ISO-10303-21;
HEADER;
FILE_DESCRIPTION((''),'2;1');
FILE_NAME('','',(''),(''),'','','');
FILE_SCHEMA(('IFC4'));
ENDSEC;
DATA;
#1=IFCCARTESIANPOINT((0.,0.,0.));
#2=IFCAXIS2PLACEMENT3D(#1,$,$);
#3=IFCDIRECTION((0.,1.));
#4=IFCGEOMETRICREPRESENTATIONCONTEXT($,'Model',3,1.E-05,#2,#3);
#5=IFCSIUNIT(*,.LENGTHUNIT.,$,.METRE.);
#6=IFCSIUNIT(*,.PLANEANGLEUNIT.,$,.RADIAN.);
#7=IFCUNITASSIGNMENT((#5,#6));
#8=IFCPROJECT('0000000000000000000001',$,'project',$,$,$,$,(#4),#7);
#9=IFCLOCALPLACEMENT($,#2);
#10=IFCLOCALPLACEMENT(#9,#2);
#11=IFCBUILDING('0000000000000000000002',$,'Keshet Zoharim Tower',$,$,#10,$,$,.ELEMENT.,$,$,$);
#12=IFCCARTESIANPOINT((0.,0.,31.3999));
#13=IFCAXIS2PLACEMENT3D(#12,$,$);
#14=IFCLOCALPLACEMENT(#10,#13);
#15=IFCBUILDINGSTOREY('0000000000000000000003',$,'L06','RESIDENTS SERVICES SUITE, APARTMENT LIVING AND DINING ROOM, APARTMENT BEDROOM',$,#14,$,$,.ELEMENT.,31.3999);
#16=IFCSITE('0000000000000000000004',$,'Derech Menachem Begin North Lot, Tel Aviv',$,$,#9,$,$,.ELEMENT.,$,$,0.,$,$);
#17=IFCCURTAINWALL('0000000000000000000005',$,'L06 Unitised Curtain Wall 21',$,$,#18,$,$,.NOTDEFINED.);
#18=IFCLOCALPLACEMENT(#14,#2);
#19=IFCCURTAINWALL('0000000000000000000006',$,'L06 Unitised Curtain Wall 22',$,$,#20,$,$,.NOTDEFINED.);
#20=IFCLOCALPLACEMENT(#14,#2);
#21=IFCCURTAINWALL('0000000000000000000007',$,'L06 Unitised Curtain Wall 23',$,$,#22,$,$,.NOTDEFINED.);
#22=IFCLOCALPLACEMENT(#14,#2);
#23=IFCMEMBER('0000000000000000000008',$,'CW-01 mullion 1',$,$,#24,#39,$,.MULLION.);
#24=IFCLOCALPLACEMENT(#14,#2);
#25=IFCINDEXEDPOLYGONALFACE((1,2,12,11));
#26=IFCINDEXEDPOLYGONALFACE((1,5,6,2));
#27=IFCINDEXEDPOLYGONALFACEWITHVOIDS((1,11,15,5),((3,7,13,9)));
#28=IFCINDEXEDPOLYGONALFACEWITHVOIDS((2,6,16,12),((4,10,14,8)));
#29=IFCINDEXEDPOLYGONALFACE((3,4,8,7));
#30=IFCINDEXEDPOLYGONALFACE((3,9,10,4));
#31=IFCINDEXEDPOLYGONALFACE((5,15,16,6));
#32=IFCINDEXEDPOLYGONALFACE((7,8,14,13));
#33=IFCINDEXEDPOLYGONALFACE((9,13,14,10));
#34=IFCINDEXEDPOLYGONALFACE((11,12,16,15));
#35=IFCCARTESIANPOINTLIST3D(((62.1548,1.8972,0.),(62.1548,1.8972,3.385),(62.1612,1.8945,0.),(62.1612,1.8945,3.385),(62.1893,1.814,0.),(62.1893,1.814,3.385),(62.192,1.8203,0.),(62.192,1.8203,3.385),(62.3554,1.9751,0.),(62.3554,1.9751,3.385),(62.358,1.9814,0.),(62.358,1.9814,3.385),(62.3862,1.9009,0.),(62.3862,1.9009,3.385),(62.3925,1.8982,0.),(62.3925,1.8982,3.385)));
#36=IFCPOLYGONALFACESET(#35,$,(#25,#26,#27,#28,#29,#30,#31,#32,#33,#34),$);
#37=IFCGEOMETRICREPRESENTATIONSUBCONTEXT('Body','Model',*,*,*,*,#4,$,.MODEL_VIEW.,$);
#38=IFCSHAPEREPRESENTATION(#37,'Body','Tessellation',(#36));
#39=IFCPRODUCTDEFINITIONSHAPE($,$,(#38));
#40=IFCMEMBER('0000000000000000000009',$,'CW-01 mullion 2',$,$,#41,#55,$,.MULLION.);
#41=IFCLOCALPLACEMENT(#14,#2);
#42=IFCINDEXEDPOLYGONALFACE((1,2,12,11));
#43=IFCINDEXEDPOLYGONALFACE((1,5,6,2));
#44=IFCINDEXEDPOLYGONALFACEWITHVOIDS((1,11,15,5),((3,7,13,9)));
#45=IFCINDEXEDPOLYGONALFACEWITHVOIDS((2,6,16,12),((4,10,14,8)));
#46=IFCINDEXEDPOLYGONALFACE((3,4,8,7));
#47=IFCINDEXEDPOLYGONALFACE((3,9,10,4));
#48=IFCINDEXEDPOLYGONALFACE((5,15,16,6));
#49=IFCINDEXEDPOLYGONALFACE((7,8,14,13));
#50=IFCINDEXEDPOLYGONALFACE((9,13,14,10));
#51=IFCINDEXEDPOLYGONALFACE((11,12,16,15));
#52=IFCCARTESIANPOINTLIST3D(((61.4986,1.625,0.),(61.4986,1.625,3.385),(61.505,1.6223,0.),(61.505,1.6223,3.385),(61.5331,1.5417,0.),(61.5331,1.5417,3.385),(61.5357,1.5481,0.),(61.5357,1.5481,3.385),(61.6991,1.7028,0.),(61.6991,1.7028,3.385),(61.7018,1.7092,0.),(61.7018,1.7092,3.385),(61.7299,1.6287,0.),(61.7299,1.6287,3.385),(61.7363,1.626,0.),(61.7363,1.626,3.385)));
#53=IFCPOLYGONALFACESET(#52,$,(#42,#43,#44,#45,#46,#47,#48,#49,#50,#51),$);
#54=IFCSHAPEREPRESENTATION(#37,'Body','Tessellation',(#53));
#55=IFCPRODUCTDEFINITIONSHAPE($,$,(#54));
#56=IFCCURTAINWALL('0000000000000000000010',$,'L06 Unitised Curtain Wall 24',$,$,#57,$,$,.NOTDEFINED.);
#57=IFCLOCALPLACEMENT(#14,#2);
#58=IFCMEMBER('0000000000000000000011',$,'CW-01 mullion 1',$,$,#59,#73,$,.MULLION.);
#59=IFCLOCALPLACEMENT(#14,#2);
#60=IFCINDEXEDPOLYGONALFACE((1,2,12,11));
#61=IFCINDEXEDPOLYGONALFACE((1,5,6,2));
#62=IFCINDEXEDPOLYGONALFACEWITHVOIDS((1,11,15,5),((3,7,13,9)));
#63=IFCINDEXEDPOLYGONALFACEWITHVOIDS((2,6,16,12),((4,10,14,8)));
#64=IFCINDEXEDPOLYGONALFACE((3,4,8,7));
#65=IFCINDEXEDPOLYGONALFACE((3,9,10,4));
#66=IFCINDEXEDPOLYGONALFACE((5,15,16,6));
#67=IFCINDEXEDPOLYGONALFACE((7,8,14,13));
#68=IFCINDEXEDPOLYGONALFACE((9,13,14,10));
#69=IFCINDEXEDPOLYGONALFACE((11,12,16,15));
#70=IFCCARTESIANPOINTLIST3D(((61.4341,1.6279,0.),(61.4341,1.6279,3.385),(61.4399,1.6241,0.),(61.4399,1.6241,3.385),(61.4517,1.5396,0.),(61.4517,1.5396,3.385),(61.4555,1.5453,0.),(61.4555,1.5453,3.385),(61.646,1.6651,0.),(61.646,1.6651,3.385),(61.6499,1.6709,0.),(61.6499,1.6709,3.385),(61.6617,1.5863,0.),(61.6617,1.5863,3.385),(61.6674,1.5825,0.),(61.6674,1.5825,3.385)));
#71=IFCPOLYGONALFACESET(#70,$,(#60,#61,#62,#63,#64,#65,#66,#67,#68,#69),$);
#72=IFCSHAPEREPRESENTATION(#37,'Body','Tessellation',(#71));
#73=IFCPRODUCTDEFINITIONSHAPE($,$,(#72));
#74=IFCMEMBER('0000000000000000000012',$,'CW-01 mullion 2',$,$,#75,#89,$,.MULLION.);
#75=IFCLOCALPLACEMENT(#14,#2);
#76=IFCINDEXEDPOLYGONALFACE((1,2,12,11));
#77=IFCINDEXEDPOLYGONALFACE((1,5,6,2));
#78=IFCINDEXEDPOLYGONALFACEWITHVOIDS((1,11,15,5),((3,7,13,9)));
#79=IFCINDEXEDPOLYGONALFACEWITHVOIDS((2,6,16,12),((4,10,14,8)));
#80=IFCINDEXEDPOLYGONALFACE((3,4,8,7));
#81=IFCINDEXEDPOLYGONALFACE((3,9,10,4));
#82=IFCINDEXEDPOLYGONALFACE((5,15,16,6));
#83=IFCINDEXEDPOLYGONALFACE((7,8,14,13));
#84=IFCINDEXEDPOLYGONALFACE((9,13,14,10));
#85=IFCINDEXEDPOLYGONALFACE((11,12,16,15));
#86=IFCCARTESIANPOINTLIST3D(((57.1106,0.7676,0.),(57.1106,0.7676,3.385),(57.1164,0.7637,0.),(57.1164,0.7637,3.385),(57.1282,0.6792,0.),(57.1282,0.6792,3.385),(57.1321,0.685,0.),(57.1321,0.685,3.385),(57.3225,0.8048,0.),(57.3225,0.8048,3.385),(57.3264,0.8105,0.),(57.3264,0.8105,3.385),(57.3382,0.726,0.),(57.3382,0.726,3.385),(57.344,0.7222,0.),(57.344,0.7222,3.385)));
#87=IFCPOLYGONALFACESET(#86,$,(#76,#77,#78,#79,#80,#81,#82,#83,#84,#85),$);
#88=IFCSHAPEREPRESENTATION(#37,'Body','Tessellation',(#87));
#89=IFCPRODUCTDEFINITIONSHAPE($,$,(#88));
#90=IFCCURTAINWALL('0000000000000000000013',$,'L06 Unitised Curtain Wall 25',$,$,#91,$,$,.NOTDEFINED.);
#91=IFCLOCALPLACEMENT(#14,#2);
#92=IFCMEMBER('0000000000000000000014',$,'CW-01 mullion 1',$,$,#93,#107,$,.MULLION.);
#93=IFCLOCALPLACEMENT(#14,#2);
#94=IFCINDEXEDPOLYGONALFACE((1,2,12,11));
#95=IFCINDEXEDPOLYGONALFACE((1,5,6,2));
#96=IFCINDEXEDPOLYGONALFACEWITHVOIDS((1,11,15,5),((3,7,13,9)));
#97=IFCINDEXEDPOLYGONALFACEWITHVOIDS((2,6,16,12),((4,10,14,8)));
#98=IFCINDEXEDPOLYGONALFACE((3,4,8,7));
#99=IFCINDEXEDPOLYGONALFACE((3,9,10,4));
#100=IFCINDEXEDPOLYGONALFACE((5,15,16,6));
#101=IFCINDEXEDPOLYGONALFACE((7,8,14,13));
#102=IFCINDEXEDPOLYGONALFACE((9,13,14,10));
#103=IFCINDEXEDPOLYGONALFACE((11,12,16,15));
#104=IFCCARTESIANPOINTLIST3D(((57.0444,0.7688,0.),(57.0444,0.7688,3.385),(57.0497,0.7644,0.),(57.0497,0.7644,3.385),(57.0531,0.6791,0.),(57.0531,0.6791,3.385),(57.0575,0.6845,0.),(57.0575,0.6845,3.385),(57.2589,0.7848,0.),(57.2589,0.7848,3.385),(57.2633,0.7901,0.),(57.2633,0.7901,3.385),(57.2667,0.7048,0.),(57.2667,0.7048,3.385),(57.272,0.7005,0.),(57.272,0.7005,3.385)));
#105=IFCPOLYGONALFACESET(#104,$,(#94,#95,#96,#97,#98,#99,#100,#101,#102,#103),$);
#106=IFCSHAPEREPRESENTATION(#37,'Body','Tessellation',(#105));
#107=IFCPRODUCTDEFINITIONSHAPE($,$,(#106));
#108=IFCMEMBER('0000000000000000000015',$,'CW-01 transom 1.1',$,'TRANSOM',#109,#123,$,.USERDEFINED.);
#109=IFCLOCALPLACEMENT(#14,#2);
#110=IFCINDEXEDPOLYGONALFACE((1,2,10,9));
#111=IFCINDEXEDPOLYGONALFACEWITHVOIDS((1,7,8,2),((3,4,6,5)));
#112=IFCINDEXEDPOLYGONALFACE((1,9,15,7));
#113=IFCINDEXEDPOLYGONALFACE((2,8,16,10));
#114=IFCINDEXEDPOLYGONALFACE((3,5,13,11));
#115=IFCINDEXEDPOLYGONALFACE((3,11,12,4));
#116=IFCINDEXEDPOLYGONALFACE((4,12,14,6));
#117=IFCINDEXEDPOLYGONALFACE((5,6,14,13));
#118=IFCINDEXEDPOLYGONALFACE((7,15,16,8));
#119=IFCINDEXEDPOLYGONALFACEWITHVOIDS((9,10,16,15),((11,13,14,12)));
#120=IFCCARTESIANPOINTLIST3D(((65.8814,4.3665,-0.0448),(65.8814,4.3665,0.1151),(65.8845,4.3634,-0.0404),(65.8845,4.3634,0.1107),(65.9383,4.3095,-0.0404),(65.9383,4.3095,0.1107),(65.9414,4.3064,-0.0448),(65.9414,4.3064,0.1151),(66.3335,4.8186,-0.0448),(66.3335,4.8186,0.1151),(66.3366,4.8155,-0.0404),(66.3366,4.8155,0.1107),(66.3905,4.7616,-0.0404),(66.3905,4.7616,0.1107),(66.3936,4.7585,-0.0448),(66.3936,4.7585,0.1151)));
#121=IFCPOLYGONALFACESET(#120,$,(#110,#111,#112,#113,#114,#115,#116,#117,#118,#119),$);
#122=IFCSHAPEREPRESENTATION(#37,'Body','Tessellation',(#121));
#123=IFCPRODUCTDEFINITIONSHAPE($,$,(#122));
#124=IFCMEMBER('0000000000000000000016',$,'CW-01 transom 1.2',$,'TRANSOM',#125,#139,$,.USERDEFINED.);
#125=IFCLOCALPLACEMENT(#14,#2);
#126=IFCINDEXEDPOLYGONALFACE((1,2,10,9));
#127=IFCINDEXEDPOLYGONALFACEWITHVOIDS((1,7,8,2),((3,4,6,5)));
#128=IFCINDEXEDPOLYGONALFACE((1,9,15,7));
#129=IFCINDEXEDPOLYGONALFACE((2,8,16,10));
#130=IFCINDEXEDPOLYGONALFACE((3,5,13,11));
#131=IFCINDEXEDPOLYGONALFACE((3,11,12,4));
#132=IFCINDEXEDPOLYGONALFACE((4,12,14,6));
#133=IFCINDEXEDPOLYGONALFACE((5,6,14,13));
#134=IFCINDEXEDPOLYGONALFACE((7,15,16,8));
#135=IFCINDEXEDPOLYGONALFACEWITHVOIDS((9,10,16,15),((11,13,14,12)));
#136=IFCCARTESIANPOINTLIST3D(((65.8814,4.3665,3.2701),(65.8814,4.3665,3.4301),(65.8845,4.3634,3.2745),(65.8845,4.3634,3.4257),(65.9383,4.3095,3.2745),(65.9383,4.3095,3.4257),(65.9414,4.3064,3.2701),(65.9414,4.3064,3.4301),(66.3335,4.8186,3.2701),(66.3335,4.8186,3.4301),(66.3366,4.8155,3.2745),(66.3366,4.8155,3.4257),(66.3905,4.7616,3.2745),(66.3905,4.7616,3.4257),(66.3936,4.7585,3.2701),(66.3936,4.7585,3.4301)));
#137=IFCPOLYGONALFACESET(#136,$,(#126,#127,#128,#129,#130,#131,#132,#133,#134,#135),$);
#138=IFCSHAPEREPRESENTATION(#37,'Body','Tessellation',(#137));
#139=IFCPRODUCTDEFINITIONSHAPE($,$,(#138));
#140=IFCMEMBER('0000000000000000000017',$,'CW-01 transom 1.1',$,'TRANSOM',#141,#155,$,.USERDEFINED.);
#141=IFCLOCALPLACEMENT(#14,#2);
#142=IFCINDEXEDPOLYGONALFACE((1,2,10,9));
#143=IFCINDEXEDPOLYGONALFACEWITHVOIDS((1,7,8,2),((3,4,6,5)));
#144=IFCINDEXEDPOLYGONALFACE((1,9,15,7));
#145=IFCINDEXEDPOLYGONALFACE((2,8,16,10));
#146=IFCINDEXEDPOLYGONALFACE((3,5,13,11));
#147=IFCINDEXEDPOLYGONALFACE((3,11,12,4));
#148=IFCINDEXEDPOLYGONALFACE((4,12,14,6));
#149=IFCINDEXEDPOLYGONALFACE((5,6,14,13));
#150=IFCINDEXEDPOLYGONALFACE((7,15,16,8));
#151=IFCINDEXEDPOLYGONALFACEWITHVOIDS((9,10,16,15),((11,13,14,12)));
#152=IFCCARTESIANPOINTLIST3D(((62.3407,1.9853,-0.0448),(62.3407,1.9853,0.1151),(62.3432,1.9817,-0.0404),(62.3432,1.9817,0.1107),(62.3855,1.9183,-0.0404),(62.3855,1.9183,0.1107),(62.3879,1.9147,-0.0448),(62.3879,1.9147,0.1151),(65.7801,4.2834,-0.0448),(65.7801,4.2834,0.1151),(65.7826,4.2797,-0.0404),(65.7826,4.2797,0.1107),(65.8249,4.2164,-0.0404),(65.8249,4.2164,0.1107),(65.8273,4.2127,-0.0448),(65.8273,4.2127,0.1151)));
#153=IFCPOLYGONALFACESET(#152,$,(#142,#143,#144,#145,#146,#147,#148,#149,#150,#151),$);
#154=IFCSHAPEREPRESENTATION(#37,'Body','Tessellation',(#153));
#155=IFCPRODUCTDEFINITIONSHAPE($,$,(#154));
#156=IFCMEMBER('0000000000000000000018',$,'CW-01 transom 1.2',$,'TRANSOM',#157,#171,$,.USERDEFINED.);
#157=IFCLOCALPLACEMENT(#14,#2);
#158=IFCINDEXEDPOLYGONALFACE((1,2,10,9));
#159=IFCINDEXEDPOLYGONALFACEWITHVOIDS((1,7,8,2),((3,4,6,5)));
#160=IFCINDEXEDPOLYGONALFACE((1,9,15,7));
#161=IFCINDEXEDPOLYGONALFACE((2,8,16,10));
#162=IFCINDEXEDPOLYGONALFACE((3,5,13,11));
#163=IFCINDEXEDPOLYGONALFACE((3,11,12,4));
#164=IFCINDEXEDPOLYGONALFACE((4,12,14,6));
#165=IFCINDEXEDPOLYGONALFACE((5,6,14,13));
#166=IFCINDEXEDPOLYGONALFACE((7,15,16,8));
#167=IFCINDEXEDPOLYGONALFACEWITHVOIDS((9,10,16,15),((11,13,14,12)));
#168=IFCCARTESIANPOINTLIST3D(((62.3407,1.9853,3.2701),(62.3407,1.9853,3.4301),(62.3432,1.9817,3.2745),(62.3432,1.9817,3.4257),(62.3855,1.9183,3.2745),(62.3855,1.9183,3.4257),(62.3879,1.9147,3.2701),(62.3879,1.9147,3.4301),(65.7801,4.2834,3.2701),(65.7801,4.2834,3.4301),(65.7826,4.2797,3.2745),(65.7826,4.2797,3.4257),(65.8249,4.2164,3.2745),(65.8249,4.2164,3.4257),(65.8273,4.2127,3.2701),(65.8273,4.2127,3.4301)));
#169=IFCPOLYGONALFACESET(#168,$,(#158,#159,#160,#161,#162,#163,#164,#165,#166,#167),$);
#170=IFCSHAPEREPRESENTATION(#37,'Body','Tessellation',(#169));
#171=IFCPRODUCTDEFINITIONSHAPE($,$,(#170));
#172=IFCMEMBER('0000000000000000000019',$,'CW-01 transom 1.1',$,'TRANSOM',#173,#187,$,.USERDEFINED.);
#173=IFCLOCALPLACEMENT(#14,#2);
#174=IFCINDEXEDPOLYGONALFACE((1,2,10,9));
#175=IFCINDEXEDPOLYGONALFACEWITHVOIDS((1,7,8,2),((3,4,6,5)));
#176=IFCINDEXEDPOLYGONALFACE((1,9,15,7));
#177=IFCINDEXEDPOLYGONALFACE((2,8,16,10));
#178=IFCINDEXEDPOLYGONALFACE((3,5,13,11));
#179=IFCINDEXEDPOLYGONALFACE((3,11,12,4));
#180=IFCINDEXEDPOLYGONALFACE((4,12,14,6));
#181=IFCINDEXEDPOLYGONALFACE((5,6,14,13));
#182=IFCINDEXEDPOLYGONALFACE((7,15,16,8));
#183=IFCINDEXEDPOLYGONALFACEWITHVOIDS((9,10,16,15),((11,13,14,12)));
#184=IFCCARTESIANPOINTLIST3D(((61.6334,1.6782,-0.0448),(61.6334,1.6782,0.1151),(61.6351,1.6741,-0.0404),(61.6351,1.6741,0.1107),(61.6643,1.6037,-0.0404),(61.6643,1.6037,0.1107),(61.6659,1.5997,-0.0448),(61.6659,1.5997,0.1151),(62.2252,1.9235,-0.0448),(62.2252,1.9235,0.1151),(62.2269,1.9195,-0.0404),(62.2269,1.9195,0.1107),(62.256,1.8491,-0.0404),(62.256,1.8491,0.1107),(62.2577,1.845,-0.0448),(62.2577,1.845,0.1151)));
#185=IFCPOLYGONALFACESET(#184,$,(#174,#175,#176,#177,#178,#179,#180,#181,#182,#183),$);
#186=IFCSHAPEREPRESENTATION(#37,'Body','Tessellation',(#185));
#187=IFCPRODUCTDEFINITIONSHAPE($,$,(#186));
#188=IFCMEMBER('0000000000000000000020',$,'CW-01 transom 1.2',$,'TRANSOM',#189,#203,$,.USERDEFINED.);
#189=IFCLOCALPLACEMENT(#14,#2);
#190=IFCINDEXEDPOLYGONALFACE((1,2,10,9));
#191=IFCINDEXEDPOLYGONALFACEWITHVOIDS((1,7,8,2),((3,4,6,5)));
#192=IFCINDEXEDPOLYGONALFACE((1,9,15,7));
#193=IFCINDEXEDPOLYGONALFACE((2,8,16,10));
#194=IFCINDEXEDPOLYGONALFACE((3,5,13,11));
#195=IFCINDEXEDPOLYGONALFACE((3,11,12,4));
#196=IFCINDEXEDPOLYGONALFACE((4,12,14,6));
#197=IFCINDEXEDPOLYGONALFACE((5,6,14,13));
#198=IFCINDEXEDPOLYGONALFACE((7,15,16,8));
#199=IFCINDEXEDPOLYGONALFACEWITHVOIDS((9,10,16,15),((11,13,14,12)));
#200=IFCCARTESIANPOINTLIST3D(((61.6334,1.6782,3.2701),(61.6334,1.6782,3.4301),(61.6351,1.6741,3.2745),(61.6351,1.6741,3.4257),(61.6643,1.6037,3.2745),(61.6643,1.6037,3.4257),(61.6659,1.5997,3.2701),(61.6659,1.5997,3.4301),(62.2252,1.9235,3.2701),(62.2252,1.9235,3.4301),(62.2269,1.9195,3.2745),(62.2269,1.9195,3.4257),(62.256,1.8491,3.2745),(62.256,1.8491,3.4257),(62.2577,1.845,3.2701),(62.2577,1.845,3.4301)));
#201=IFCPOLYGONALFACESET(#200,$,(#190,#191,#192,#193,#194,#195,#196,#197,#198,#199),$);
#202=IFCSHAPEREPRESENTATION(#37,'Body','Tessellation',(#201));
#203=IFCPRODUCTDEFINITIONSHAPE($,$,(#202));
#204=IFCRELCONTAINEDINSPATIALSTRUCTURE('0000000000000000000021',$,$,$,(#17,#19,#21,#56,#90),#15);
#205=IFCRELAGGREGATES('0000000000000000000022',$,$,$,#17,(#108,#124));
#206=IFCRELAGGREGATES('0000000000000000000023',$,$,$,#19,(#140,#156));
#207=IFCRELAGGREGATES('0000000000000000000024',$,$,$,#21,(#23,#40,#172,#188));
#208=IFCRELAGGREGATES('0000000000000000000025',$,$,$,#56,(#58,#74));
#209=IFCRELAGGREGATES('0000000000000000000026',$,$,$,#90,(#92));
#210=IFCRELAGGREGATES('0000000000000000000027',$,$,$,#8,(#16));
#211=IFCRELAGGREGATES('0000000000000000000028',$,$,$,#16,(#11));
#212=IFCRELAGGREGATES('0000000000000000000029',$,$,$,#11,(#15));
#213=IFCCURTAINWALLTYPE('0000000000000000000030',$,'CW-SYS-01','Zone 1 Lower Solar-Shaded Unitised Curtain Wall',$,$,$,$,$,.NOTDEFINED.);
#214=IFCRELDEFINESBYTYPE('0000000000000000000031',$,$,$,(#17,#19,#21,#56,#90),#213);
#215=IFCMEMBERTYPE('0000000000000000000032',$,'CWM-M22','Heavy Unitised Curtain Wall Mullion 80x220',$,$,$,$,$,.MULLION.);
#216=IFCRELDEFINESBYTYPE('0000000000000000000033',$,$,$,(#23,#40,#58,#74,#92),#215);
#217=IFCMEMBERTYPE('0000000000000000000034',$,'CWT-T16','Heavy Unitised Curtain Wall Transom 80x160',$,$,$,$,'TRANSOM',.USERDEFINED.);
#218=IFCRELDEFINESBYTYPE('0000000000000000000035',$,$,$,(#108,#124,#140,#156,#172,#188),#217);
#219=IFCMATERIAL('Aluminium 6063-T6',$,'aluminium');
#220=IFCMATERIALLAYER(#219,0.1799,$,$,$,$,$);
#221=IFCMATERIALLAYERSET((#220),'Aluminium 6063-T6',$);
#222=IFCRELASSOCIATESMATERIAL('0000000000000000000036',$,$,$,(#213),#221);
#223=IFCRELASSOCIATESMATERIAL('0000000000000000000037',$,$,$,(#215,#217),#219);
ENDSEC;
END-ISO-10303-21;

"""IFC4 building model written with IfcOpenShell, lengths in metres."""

from ifc_helpers import new_model, si_unit, direction, frame, origin, origin_2d, place, context, subcontext, project, spatial, hollow_rectangle, extrude, material, layer, layer_set, material_profile, profile_set, type_object, element, aggregate, save


model = new_model("IFC4")

# Units and contexts
model_context = context("Model", 3, precision=1e-05, world=origin(), true_north=direction((0.0, 1.0)))
body_context = subcontext(model_context, "Body", "Model", "MODEL_VIEW")
ifc_project = project(units=[si_unit("LENGTHUNIT", "METRE"), si_unit("PLANEANGLEUNIT", "RADIAN")], contexts=[model_context])

# Site, building, storey
site_placement = place(None, origin())
site = spatial("IfcSite", under=ifc_project, at=site_placement, Name="Derech Menachem Begin North Lot, Tel Aviv", CompositionType="ELEMENT", RefElevation=0.0)
building_placement = place(site_placement, origin())
building = spatial("IfcBuilding", under=site, at=building_placement, Name="Keshet Zoharim Tower", CompositionType="ELEMENT")
storey_placement = place(building_placement, frame((0.0, 0.0, 31.3999)))
storey = spatial("IfcBuildingStorey", under=building, at=storey_placement, Name="L06", Description="RESIDENTS SERVICES SUITE, APARTMENT LIVING AND DINING ROOM, APARTMENT BEDROOM", CompositionType="ELEMENT", Elevation=31.3999)

# Shared definitions
ifc_material_1 = material(Name="Aluminium 6063-T6", Category="aluminium")
ifc_layer_1 = layer(ifc_material_1, 0.1799)
ifc_layer_set_1 = layer_set([ifc_layer_1], Name="Aluminium 6063-T6")
curtain_wall_type = type_object("IfcCurtainWallType", Name="CW-SYS-01", Description="Zone 1 Lower Solar-Shaded Unitised Curtain Wall", PredefinedType="NOTDEFINED", material=ifc_layer_set_1)
ifc_material_profile_1 = material_profile(ifc_material_1, hollow_rectangle(XDim=0.0901, YDim=0.22, WallThickness=0.0049, at=origin_2d()), Name="MUL-90x220")
ifc_profile_set_1 = profile_set([ifc_material_profile_1], Name="Aluminium 6063-T6")
member_type_1 = type_object("IfcMemberType", Name="CWM-M22", Description="Heavy Unitised Curtain Wall Mullion 80x220", PredefinedType="MULLION", material=ifc_profile_set_1)

# Curtain walls, members
curtain_wall_1_placement = place(storey_placement, origin())
curtain_wall_1 = element("IfcCurtainWall", 1, at=curtain_wall_1_placement, inside=storey, type_object=curtain_wall_type, Name="L06 Unitised Curtain Wall 21", PredefinedType="NOTDEFINED")
curtain_wall_2_placement = place(storey_placement, origin())
curtain_wall_2 = element("IfcCurtainWall", 2, at=curtain_wall_2_placement, inside=storey, type_object=curtain_wall_type, Name="L06 Unitised Curtain Wall 22", PredefinedType="NOTDEFINED")
curtain_wall_3_placement = place(storey_placement, origin())
curtain_wall_3 = element("IfcCurtainWall", 3, at=curtain_wall_3_placement, inside=storey, type_object=curtain_wall_type, Name="L06 Unitised Curtain Wall 23", PredefinedType="NOTDEFINED")
member_1_placement = place(storey_placement, frame((62.2737, 1.8977, 0.0), z_axis=(0.0, 0.0, 1.0), x_axis=(0.383068, -0.92372, 0.0)))
member_1 = element("IfcMember", 4, at=member_1_placement, type_object=member_type_1, Name="CW-01 mullion 1", PredefinedType="MULLION", context=body_context, shape_type="SweptSolid", body=[
    extrude(hollow_rectangle(XDim=0.0901, YDim=0.22, WallThickness=0.0049, at=origin_2d()), origin(), (0.0, 0.0, 1.0), 3.385),
])
member_2_placement = place(storey_placement, frame((61.6174, 1.6255, 0.0), z_axis=(0.0, 0.0, 1.0), x_axis=(0.383068, -0.92372, 0.0)))
member_2 = element("IfcMember", 5, at=member_2_placement, type_object=member_type_1, Name="CW-01 mullion 2", PredefinedType="MULLION", context=body_context, shape_type="SweptSolid", body=[
    extrude(hollow_rectangle(XDim=0.0901, YDim=0.22, WallThickness=0.0049, at=origin_2d()), origin(), (0.0, 0.0, 1.0), 3.385),
])
curtain_wall_4_placement = place(storey_placement, origin())
curtain_wall_4 = element("IfcCurtainWall", 6, at=curtain_wall_4_placement, inside=storey, type_object=curtain_wall_type, Name="L06 Unitised Curtain Wall 24", PredefinedType="NOTDEFINED")
member_3_placement = place(storey_placement, frame((61.5508, 1.6052, 0.0), z_axis=(0.0, 0.0, 1.0), x_axis=(0.195171, -0.980769, 0.0)))
member_3 = element("IfcMember", 7, at=member_3_placement, type_object=member_type_1, Name="CW-01 mullion 1", PredefinedType="MULLION", context=body_context, shape_type="SweptSolid", body=[
    extrude(hollow_rectangle(XDim=0.0901, YDim=0.22, WallThickness=0.0049, at=origin_2d()), origin(), (0.0, 0.0, 1.0), 3.385),
])
member_4_placement = place(storey_placement, frame((57.2273, 0.7449, 0.0), z_axis=(0.0, 0.0, 1.0), x_axis=(0.195171, -0.980769, 0.0)))
member_4 = element("IfcMember", 8, at=member_4_placement, type_object=member_type_1, Name="CW-01 mullion 2", PredefinedType="MULLION", context=body_context, shape_type="SweptSolid", body=[
    extrude(hollow_rectangle(XDim=0.0901, YDim=0.22, WallThickness=0.0049, at=origin_2d()), origin(), (0.0, 0.0, 1.0), 3.385),
])

# Curtain wall, member
curtain_wall_5_placement = place(storey_placement, origin())
curtain_wall_5 = element("IfcCurtainWall", 9, at=curtain_wall_5_placement, inside=storey, type_object=curtain_wall_type, Name="L06 Unitised Curtain Wall 25", PredefinedType="NOTDEFINED")
member_5_placement = place(storey_placement, frame((57.1582, 0.7346, 0.0), z_axis=(0.0, 0.0, 1.0), x_axis=(0.096977, -0.995287, 0.0)))
member_5 = element("IfcMember", 10, at=member_5_placement, type_object=member_type_1, Name="CW-01 mullion 1", PredefinedType="MULLION", context=body_context, shape_type="SweptSolid", body=[
    extrude(hollow_rectangle(XDim=0.0901, YDim=0.22, WallThickness=0.0049, at=origin_2d()), origin(), (0.0, 0.0, 1.0), 3.385),
])

# Members
ifc_material_profile_2 = material_profile(ifc_material_1, hollow_rectangle(XDim=0.085, YDim=0.1599, WallThickness=0.0044, at=origin_2d()), Name="TRN-85x160")
ifc_profile_set_2 = profile_set([ifc_material_profile_2], Name="Aluminium 6063-T6")
member_type_2 = type_object("IfcMemberType", Name="CWT-T16", Description="Heavy Unitised Curtain Wall Transom 80x160", ElementType="TRANSOM", PredefinedType="USERDEFINED", material=ifc_profile_set_2)
member_6_placement = place(storey_placement, frame((66.3635, 4.7886, 0.0352), z_axis=(-0.707107, -0.707107, 0.0), x_axis=(0.707107, -0.707107, 0.0)))
member_6 = element("IfcMember", 11, at=member_6_placement, type_object=member_type_2, Name="CW-01 transom 1.1", ObjectType="TRANSOM", PredefinedType="USERDEFINED", context=body_context, shape_type="SweptSolid", body=[
    extrude(hollow_rectangle(XDim=0.085, YDim=0.1599, WallThickness=0.0044, at=origin_2d()), origin(), (0.0, 0.0, 1.0), 0.6394),
])
member_7_placement = place(storey_placement, frame((66.3635, 4.7886, 3.3501), z_axis=(-0.707107, -0.707107, 0.0), x_axis=(0.707107, -0.707107, 0.0)))
member_7 = element("IfcMember", 12, at=member_7_placement, type_object=member_type_2, Name="CW-01 transom 1.2", ObjectType="TRANSOM", PredefinedType="USERDEFINED", context=body_context, shape_type="SweptSolid", body=[
    extrude(hollow_rectangle(XDim=0.085, YDim=0.1599, WallThickness=0.0044, at=origin_2d()), origin(), (0.0, 0.0, 1.0), 0.6394),
])
member_8_placement = place(storey_placement, frame((65.8037, 4.248, 0.0352), z_axis=(-0.831478, -0.555558, 0.0), x_axis=(0.555558, -0.831478, 0.0)))
member_8 = element("IfcMember", 13, at=member_8_placement, type_object=member_type_2, Name="CW-01 transom 1.1", ObjectType="TRANSOM", PredefinedType="USERDEFINED", context=body_context, shape_type="SweptSolid", body=[
    extrude(hollow_rectangle(XDim=0.085, YDim=0.1599, WallThickness=0.0044, at=origin_2d()), origin(), (0.0, 0.0, 1.0), 4.1365),
])
member_9_placement = place(storey_placement, frame((65.8037, 4.248, 3.3501), z_axis=(-0.831478, -0.555558, 0.0), x_axis=(0.555558, -0.831478, 0.0)))
member_9 = element("IfcMember", 14, at=member_9_placement, type_object=member_type_2, Name="CW-01 transom 1.2", ObjectType="TRANSOM", PredefinedType="USERDEFINED", context=body_context, shape_type="SweptSolid", body=[
    extrude(hollow_rectangle(XDim=0.085, YDim=0.1599, WallThickness=0.0044, at=origin_2d()), origin(), (0.0, 0.0, 1.0), 4.1365),
])
member_10_placement = place(storey_placement, frame((62.2415, 1.8843, 0.0352), z_axis=(-0.923752, -0.382991, 0.0), x_axis=(0.382991, -0.923752, 0.0)))
member_10 = element("IfcMember", 15, at=member_10_placement, type_object=member_type_2, Name="CW-01 transom 1.1", ObjectType="TRANSOM", PredefinedType="USERDEFINED", context=body_context, shape_type="SweptSolid", body=[
    extrude(hollow_rectangle(XDim=0.085, YDim=0.1599, WallThickness=0.0044, at=origin_2d()), origin(), (0.0, 0.0, 1.0), 0.6406),
])
member_11_placement = place(storey_placement, frame((62.2415, 1.8843, 3.3501), z_axis=(-0.923752, -0.382991, 0.0), x_axis=(0.382991, -0.923752, 0.0)))
member_11 = element("IfcMember", 16, at=member_11_placement, type_object=member_type_2, Name="CW-01 transom 1.2", ObjectType="TRANSOM", PredefinedType="USERDEFINED", context=body_context, shape_type="SweptSolid", body=[
    extrude(hollow_rectangle(XDim=0.085, YDim=0.1599, WallThickness=0.0044, at=origin_2d()), origin(), (0.0, 0.0, 1.0), 0.6406),
])

aggregate(curtain_wall_1, [member_6, member_7])
aggregate(curtain_wall_2, [member_8, member_9])
aggregate(curtain_wall_3, [member_1, member_2, member_10, member_11])
aggregate(curtain_wall_4, [member_3, member_4])
aggregate(curtain_wall_5, [member_5])

save(model, "model.ifc")
